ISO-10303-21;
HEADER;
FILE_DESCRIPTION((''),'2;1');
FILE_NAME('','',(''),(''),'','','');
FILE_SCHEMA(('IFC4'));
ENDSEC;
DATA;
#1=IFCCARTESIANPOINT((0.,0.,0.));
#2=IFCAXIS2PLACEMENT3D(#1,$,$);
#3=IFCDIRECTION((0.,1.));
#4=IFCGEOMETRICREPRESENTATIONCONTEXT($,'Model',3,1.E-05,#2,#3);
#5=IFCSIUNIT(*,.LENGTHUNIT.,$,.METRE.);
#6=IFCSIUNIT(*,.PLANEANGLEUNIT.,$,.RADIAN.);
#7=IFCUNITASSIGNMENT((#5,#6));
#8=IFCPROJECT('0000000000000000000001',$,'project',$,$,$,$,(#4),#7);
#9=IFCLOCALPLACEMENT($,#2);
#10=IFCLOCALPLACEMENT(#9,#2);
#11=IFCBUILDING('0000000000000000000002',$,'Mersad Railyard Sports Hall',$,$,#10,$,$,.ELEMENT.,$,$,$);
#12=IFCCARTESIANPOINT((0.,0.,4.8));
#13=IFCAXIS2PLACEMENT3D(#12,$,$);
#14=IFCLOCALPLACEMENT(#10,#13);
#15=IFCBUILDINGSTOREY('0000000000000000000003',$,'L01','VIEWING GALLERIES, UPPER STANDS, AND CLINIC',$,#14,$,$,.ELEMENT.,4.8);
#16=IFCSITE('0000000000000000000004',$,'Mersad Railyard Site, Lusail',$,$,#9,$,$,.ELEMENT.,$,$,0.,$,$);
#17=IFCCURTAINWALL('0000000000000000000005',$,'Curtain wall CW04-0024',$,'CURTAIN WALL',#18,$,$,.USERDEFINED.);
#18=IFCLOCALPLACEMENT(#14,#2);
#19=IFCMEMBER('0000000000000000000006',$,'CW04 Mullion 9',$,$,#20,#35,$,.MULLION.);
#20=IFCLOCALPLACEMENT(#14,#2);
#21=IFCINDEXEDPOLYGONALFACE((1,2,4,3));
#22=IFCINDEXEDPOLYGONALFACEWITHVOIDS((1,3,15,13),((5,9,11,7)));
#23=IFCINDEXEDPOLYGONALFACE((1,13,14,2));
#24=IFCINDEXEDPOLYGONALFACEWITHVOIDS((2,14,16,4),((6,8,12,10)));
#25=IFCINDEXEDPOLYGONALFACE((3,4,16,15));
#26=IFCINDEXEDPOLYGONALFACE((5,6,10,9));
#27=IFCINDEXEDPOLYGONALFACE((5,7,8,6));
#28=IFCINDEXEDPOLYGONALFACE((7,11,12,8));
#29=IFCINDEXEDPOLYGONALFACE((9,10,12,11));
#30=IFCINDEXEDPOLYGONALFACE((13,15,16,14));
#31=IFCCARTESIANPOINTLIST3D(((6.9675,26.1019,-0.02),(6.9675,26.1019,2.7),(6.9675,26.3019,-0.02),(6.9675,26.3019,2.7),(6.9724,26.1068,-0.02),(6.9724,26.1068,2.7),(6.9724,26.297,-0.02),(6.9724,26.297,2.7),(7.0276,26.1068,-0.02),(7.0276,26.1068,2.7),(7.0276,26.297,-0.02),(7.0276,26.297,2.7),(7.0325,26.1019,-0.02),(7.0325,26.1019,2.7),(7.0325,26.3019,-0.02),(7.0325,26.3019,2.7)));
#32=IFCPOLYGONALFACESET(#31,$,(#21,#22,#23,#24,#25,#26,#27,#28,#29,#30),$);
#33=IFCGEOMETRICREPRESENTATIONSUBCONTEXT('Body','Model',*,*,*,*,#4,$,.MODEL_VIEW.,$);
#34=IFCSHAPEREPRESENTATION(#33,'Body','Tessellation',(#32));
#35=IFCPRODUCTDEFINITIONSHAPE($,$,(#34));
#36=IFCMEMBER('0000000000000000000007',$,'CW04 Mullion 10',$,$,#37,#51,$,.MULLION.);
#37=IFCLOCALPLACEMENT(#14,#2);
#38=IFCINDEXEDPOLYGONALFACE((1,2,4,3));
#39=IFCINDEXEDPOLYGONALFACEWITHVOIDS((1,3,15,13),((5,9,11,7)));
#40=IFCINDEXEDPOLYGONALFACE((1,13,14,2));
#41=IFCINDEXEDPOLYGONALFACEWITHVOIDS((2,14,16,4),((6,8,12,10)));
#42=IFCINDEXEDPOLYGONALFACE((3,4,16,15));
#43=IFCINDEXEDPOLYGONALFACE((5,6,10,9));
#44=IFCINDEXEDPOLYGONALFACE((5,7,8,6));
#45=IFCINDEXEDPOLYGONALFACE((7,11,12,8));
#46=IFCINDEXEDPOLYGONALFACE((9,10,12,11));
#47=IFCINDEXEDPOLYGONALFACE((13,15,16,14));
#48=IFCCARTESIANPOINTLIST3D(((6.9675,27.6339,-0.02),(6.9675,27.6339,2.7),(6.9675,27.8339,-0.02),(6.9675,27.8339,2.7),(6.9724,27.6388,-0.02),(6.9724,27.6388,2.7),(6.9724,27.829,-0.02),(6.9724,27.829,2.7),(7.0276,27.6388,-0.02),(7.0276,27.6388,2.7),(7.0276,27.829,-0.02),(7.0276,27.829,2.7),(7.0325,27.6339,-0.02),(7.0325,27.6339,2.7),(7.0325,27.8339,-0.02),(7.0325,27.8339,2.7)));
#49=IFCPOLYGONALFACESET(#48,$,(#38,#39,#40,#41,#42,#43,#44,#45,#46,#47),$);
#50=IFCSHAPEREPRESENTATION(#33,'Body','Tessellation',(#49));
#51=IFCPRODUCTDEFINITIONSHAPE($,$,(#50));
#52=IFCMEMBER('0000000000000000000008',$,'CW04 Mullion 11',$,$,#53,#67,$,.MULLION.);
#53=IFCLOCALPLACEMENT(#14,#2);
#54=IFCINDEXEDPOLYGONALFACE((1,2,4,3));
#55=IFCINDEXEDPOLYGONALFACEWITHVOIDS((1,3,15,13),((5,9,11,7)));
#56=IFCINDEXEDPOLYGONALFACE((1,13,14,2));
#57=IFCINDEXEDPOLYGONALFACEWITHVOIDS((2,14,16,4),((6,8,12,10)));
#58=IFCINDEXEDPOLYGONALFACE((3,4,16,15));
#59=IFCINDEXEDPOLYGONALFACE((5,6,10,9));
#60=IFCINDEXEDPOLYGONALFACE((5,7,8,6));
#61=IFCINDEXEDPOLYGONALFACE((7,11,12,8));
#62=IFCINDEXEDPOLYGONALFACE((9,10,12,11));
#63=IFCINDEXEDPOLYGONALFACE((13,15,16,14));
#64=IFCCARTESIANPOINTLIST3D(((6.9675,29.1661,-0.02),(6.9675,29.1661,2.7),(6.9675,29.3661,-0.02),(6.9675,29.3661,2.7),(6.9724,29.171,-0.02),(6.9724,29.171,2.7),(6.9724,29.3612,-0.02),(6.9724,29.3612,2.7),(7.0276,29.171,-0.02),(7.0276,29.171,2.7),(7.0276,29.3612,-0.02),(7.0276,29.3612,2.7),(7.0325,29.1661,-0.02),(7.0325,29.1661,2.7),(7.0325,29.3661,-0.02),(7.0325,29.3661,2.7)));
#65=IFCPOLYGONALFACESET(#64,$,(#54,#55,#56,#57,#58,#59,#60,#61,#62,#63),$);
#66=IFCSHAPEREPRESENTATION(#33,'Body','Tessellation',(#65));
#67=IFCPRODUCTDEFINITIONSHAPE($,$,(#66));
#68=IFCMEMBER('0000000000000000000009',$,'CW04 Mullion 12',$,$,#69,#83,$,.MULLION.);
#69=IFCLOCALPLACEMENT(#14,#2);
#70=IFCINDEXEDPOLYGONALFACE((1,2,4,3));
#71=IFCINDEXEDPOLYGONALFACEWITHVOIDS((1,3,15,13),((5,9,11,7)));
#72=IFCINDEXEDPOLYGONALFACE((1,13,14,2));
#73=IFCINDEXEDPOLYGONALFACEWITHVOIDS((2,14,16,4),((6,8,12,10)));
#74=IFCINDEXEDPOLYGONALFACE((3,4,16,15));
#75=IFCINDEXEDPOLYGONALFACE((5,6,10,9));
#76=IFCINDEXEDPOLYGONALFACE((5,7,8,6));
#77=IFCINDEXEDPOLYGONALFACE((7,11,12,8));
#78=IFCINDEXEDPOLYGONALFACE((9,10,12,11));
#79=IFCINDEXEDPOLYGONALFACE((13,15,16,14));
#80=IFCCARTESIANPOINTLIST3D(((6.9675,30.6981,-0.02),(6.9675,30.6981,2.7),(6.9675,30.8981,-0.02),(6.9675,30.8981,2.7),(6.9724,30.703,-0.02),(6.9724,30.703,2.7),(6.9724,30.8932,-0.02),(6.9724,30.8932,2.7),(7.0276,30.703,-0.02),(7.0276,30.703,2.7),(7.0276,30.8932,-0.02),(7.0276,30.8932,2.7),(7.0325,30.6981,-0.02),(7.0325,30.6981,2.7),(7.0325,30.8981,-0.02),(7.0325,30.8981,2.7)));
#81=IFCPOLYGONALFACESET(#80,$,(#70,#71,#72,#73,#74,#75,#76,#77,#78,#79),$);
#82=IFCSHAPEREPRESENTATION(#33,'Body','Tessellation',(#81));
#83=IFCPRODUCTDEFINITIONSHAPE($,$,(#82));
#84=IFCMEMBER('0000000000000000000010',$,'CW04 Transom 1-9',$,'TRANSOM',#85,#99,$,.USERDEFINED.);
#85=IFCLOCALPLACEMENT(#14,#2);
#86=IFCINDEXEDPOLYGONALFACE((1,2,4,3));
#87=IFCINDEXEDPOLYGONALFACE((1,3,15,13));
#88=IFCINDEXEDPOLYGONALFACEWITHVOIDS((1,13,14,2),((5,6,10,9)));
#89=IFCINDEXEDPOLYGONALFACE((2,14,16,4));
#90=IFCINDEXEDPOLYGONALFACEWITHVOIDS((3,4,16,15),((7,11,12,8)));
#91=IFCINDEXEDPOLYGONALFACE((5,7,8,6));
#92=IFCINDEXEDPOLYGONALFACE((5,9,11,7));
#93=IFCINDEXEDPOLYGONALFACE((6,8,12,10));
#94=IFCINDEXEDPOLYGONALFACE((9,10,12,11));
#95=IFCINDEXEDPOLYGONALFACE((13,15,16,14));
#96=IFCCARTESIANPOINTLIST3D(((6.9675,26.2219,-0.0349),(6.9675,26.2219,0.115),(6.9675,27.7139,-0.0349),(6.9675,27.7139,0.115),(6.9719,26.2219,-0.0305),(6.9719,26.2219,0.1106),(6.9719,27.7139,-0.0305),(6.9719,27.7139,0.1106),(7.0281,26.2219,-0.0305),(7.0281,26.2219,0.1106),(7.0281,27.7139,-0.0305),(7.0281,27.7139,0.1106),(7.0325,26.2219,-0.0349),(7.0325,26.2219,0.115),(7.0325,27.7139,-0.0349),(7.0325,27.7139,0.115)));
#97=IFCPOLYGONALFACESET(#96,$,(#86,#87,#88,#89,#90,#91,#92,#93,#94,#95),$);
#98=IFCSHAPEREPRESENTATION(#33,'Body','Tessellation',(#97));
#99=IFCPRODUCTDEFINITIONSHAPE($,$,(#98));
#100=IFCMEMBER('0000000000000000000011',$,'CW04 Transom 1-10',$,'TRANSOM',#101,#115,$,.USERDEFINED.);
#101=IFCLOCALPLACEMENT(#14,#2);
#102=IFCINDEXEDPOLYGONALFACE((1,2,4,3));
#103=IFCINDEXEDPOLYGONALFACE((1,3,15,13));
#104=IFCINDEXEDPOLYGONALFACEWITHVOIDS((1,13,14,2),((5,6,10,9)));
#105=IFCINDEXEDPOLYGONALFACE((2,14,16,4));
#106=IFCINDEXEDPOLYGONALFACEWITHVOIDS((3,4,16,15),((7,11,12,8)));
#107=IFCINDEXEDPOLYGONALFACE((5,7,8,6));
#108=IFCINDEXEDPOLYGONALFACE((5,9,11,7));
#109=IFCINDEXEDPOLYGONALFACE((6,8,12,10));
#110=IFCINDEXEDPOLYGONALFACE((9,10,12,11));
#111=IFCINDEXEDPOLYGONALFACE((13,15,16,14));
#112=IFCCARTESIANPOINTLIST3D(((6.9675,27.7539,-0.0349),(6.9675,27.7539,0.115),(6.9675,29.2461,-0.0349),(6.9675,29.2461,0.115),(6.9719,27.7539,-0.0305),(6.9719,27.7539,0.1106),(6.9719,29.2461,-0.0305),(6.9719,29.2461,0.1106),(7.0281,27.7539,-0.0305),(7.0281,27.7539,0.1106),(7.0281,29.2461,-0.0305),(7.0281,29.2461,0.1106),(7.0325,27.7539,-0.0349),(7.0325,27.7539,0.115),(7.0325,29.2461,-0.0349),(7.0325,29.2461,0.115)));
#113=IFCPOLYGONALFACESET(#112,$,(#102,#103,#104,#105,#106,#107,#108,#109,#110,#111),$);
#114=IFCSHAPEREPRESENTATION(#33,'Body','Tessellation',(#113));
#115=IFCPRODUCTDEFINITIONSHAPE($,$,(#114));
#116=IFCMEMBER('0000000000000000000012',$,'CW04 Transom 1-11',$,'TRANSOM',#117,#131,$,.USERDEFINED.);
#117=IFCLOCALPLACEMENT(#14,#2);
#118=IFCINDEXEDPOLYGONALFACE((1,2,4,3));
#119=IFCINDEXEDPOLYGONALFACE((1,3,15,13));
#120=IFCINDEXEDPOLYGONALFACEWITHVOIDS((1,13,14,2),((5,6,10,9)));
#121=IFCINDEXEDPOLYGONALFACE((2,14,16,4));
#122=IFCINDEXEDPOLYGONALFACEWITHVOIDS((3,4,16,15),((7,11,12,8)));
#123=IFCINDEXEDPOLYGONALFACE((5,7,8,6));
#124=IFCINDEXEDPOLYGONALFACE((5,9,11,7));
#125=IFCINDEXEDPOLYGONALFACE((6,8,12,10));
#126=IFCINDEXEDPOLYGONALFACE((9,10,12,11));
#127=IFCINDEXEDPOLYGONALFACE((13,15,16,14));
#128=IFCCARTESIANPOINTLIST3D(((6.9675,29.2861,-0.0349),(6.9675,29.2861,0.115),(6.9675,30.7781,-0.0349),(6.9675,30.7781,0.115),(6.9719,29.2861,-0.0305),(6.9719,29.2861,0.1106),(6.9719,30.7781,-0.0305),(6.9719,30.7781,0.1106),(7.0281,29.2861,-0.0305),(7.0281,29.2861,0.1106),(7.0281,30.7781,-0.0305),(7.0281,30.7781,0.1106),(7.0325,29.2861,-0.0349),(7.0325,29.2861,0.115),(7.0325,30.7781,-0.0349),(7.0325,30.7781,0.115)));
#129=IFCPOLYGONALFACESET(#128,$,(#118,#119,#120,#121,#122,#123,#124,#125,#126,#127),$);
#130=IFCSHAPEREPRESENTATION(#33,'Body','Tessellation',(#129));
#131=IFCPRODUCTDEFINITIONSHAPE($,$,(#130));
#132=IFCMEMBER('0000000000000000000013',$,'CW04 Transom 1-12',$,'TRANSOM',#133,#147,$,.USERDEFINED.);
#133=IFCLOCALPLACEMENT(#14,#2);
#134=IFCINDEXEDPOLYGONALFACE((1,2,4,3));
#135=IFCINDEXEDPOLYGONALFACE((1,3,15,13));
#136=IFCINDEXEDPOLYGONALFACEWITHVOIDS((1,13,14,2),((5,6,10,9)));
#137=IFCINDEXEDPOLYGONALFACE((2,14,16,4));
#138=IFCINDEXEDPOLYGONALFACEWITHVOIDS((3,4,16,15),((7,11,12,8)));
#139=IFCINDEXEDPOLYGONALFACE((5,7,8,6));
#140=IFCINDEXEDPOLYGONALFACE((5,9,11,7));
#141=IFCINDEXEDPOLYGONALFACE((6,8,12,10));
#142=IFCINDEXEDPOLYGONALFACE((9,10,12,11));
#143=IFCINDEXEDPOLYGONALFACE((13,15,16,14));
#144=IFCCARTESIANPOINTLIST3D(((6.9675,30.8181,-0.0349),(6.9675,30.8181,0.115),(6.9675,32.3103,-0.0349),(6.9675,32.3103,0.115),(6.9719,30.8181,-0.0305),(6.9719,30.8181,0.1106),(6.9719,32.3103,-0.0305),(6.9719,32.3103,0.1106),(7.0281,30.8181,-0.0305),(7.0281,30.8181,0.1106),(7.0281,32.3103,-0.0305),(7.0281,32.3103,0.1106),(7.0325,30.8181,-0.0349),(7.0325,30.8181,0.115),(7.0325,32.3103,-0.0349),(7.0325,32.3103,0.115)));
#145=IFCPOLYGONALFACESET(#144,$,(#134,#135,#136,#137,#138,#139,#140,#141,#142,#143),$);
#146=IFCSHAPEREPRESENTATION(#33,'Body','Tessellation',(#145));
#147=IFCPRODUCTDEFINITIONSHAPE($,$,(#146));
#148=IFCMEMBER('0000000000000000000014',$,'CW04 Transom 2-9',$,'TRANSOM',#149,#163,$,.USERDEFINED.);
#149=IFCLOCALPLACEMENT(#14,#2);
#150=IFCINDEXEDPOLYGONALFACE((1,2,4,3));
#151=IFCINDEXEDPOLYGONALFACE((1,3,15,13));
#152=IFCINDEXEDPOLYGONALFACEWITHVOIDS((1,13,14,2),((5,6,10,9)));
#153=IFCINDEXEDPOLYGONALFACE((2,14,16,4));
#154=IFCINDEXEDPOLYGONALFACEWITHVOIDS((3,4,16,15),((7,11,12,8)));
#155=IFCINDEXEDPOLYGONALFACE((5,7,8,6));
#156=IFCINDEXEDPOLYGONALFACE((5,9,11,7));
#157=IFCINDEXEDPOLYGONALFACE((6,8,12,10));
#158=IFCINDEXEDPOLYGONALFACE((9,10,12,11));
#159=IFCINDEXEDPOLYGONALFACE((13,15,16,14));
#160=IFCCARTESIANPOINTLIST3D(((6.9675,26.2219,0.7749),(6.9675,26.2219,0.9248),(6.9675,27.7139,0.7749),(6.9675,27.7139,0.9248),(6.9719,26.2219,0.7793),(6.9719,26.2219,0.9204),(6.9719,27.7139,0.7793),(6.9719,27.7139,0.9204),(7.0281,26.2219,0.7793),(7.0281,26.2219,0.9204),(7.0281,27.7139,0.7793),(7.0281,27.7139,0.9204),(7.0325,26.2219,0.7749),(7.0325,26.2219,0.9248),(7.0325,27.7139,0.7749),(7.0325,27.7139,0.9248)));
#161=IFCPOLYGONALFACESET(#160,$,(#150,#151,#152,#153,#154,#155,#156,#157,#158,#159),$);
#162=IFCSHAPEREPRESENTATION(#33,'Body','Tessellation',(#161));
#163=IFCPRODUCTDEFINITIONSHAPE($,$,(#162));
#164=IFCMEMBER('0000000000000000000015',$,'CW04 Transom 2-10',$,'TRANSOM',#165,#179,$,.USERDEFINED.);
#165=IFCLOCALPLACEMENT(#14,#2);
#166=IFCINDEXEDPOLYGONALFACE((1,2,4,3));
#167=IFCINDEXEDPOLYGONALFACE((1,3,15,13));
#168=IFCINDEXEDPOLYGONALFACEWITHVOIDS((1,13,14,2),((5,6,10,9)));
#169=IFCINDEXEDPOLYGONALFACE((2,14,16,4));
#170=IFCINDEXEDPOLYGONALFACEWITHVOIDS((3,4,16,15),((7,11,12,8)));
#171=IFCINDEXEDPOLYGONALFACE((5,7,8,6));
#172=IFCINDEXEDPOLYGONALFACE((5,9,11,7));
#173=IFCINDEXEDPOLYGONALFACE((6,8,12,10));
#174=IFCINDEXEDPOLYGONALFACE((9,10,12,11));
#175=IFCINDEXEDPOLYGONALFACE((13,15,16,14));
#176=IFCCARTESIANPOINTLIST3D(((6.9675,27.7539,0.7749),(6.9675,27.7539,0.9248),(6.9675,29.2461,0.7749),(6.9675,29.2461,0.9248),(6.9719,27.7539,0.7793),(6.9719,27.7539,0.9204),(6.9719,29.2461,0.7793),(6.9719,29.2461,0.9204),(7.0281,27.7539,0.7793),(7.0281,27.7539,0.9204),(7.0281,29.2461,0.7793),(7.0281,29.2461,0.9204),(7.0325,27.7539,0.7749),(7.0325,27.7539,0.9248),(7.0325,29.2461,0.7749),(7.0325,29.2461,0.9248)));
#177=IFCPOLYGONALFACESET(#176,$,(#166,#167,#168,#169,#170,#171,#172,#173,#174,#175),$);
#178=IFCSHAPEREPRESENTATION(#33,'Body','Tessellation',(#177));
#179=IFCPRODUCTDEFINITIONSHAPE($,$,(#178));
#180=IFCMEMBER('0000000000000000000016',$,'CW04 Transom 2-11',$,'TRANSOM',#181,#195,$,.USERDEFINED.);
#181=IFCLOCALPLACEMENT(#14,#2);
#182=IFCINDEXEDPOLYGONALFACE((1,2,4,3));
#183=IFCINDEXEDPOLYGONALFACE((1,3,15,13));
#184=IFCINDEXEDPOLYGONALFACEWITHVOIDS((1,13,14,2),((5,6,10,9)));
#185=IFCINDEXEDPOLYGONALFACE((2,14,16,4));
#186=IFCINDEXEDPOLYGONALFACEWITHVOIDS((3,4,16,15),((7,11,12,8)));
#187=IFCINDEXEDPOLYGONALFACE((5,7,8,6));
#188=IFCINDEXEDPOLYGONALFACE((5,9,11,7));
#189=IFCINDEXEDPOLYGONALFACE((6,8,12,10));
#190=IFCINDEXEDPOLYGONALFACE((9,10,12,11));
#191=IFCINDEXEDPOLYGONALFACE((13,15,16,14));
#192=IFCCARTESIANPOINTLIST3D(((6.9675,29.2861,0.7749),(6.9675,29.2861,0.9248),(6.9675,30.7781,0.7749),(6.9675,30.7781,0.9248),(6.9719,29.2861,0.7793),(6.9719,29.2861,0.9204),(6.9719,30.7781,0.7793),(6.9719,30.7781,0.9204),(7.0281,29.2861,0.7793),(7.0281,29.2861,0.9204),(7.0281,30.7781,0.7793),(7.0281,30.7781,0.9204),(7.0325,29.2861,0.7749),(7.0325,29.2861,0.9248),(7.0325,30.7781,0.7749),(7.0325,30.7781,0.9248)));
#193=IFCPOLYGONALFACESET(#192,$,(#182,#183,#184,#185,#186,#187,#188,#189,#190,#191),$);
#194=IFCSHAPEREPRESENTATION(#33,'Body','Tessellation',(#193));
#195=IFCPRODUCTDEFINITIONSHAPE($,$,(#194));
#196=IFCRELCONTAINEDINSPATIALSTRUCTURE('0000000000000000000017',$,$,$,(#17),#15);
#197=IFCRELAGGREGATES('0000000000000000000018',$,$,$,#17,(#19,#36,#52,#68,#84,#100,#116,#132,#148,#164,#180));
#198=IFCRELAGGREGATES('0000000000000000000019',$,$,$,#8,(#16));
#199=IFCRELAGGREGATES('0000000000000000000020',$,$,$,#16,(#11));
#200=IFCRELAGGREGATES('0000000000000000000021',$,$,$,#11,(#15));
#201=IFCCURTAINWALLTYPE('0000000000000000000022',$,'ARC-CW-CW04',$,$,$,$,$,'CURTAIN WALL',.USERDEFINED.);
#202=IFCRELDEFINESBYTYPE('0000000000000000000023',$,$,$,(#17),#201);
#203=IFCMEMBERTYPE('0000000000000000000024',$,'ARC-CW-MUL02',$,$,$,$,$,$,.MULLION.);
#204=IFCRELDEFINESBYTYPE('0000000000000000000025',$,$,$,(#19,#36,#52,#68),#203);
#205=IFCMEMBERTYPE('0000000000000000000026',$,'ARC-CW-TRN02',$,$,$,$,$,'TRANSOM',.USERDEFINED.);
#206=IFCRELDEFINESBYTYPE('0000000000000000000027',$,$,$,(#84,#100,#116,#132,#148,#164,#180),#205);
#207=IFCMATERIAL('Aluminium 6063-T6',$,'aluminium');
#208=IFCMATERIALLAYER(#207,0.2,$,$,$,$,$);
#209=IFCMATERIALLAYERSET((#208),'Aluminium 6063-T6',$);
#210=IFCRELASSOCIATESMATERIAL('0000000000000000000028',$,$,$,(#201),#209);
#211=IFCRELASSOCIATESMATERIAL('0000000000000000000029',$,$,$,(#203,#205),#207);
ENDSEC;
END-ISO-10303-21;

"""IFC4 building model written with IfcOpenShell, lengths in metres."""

from ifc_helpers import new_model, si_unit, direction, frame, origin, origin_2d, place, context, subcontext, project, spatial, hollow_rectangle, extrude, material, layer, layer_set, material_profile, profile_set, type_object, element, aggregate, save


model = new_model("IFC4")

# Units and contexts
model_context = context("Model", 3, precision=1e-05, world=origin(), true_north=direction((0.0, 1.0)))
body_context = subcontext(model_context, "Body", "Model", "MODEL_VIEW")
ifc_project = project(units=[si_unit("LENGTHUNIT", "METRE"), si_unit("PLANEANGLEUNIT", "RADIAN")], contexts=[model_context])

# Site, building, storey
site_placement = place(None, origin())
site = spatial("IfcSite", under=ifc_project, at=site_placement, Name="Mersad Railyard Site, Lusail", CompositionType="ELEMENT", RefElevation=0.0)
building_placement = place(site_placement, origin())
building = spatial("IfcBuilding", under=site, at=building_placement, Name="Mersad Railyard Sports Hall", CompositionType="ELEMENT")
storey_placement = place(building_placement, frame((0.0, 0.0, 4.8)))
storey = spatial("IfcBuildingStorey", under=building, at=storey_placement, Name="L01", Description="VIEWING GALLERIES, UPPER STANDS, AND CLINIC", CompositionType="ELEMENT", Elevation=4.8)

# Curtain wall, members
ifc_material_1 = material(Name="Aluminium 6063-T6", Category="aluminium")
ifc_layer_1 = layer(ifc_material_1, 0.2)
ifc_layer_set_1 = layer_set([ifc_layer_1], Name="Aluminium 6063-T6")
curtain_wall_type = type_object("IfcCurtainWallType", Name="ARC-CW-CW04", ElementType="CURTAIN WALL", PredefinedType="USERDEFINED", material=ifc_layer_set_1)
curtain_wall_placement = place(storey_placement, origin())
curtain_wall = element("IfcCurtainWall", 1, at=curtain_wall_placement, inside=storey, type_object=curtain_wall_type, Name="Curtain wall CW04-0024", ObjectType="CURTAIN WALL", PredefinedType="USERDEFINED")
ifc_material_profile_1 = material_profile(ifc_material_1, hollow_rectangle(XDim=0.0649, YDim=0.2, WallThickness=0.0049, at=origin_2d()), Name="AL MULLION 65x200x5")
ifc_profile_set_1 = profile_set([ifc_material_profile_1], Name="Aluminium 6063-T6")
member_type_1 = type_object("IfcMemberType", Name="ARC-CW-MUL02", PredefinedType="MULLION", material=ifc_profile_set_1)
member_1_placement = place(storey_placement, frame((7.0, 26.2019, -0.02), z_axis=(0.0, 0.0, 1.0), x_axis=(1.0, 0.0, 0.0)))
member_1 = element("IfcMember", 2, at=member_1_placement, type_object=member_type_1, Name="CW04 Mullion 9", PredefinedType="MULLION", context=body_context, shape_type="SweptSolid", body=[
    extrude(hollow_rectangle(XDim=0.0649, YDim=0.2, WallThickness=0.0049, at=origin_2d()), origin(), (0.0, 0.0, 1.0), 2.72),
])
member_2_placement = place(storey_placement, frame((7.0, 27.7339, -0.02), z_axis=(0.0, 0.0, 1.0), x_axis=(1.0, 0.0, 0.0)))
member_2 = element("IfcMember", 3, at=member_2_placement, type_object=member_type_1, Name="CW04 Mullion 10", PredefinedType="MULLION", context=body_context, shape_type="SweptSolid", body=[
    extrude(hollow_rectangle(XDim=0.0649, YDim=0.2, WallThickness=0.0049, at=origin_2d()), origin(), (0.0, 0.0, 1.0), 2.72),
])
member_3_placement = place(storey_placement, frame((7.0, 29.2661, -0.02), z_axis=(0.0, 0.0, 1.0), x_axis=(1.0, 0.0, 0.0)))
member_3 = element("IfcMember", 4, at=member_3_placement, type_object=member_type_1, Name="CW04 Mullion 11", PredefinedType="MULLION", context=body_context, shape_type="SweptSolid", body=[
    extrude(hollow_rectangle(XDim=0.0649, YDim=0.2, WallThickness=0.0049, at=origin_2d()), origin(), (0.0, 0.0, 1.0), 2.72),
])
member_4_placement = place(storey_placement, frame((7.0, 30.7981, -0.02), z_axis=(0.0, 0.0, 1.0), x_axis=(1.0, 0.0, 0.0)))
member_4 = element("IfcMember", 5, at=member_4_placement, type_object=member_type_1, Name="CW04 Mullion 12", PredefinedType="MULLION", context=body_context, shape_type="SweptSolid", body=[
    extrude(hollow_rectangle(XDim=0.0649, YDim=0.2, WallThickness=0.0049, at=origin_2d()), origin(), (0.0, 0.0, 1.0), 2.72),
])
ifc_material_profile_2 = material_profile(ifc_material_1, hollow_rectangle(XDim=0.0649, YDim=0.1499, WallThickness=0.0044, at=origin_2d()), Name="AL TRANSOM 65x150x4.5")
ifc_profile_set_2 = profile_set([ifc_material_profile_2], Name="Aluminium 6063-T6")
member_type_2 = type_object("IfcMemberType", Name="ARC-CW-TRN02", ElementType="TRANSOM", PredefinedType="USERDEFINED", material=ifc_profile_set_2)
member_5_placement = place(storey_placement, frame((7.0, 26.2219, 0.04), z_axis=(0.0, 1.0, 0.0), x_axis=(-1.0, 0.0, 0.0)))
member_5 = element("IfcMember", 6, at=member_5_placement, type_object=member_type_2, Name="CW04 Transom 1-9", ObjectType="TRANSOM", PredefinedType="USERDEFINED", context=body_context, shape_type="SweptSolid", body=[
    extrude(hollow_rectangle(XDim=0.0649, YDim=0.1499, WallThickness=0.0044, at=origin_2d()), origin(), (0.0, 0.0, 1.0), 1.4919),
])
member_6_placement = place(storey_placement, frame((7.0, 27.7539, 0.04), z_axis=(0.0, 1.0, 0.0), x_axis=(-1.0, 0.0, 0.0)))
member_6 = element("IfcMember", 7, at=member_6_placement, type_object=member_type_2, Name="CW04 Transom 1-10", ObjectType="TRANSOM", PredefinedType="USERDEFINED", context=body_context, shape_type="SweptSolid", body=[
    extrude(hollow_rectangle(XDim=0.0649, YDim=0.1499, WallThickness=0.0044, at=origin_2d()), origin(), (0.0, 0.0, 1.0), 1.4922),
])
member_7_placement = place(storey_placement, frame((7.0, 29.2861, 0.04), z_axis=(0.0, 1.0, 0.0), x_axis=(-1.0, 0.0, 0.0)))
member_7 = element("IfcMember", 8, at=member_7_placement, type_object=member_type_2, Name="CW04 Transom 1-11", ObjectType="TRANSOM", PredefinedType="USERDEFINED", context=body_context, shape_type="SweptSolid", body=[
    extrude(hollow_rectangle(XDim=0.0649, YDim=0.1499, WallThickness=0.0044, at=origin_2d()), origin(), (0.0, 0.0, 1.0), 1.4919),
])
member_8_placement = place(storey_placement, frame((7.0, 30.8181, 0.04), z_axis=(0.0, 1.0, 0.0), x_axis=(-1.0, 0.0, 0.0)))
member_8 = element("IfcMember", 9, at=member_8_placement, type_object=member_type_2, Name="CW04 Transom 1-12", ObjectType="TRANSOM", PredefinedType="USERDEFINED", context=body_context, shape_type="SweptSolid", body=[
    extrude(hollow_rectangle(XDim=0.0649, YDim=0.1499, WallThickness=0.0044, at=origin_2d()), origin(), (0.0, 0.0, 1.0), 1.4922),
])
member_9_placement = place(storey_placement, frame((7.0, 26.2219, 0.8499), z_axis=(0.0, 1.0, 0.0), x_axis=(-1.0, 0.0, 0.0)))
member_9 = element("IfcMember", 10, at=member_9_placement, type_object=member_type_2, Name="CW04 Transom 2-9", ObjectType="TRANSOM", PredefinedType="USERDEFINED", context=body_context, shape_type="SweptSolid", body=[
    extrude(hollow_rectangle(XDim=0.0649, YDim=0.1499, WallThickness=0.0044, at=origin_2d()), origin(), (0.0, 0.0, 1.0), 1.4919),
])
member_10_placement = place(storey_placement, frame((7.0, 27.7539, 0.8499), z_axis=(0.0, 1.0, 0.0), x_axis=(-1.0, 0.0, 0.0)))
member_10 = element("IfcMember", 11, at=member_10_placement, type_object=member_type_2, Name="CW04 Transom 2-10", ObjectType="TRANSOM", PredefinedType="USERDEFINED", context=body_context, shape_type="SweptSolid", body=[
    extrude(hollow_rectangle(XDim=0.0649, YDim=0.1499, WallThickness=0.0044, at=origin_2d()), origin(), (0.0, 0.0, 1.0), 1.4922),
])
member_11_placement = place(storey_placement, frame((7.0, 29.2861, 0.8499), z_axis=(0.0, 1.0, 0.0), x_axis=(-1.0, 0.0, 0.0)))
member_11 = element("IfcMember", 12, at=member_11_placement, type_object=member_type_2, Name="CW04 Transom 2-11", ObjectType="TRANSOM", PredefinedType="USERDEFINED", context=body_context, shape_type="SweptSolid", body=[
    extrude(hollow_rectangle(XDim=0.0649, YDim=0.1499, WallThickness=0.0044, at=origin_2d()), origin(), (0.0, 0.0, 1.0), 1.4919),
])

aggregate(curtain_wall, [member_1, member_2, member_3, member_4, member_5, member_6, member_7, member_8, member_9, member_10, member_11])

save(model, "model.ifc")
